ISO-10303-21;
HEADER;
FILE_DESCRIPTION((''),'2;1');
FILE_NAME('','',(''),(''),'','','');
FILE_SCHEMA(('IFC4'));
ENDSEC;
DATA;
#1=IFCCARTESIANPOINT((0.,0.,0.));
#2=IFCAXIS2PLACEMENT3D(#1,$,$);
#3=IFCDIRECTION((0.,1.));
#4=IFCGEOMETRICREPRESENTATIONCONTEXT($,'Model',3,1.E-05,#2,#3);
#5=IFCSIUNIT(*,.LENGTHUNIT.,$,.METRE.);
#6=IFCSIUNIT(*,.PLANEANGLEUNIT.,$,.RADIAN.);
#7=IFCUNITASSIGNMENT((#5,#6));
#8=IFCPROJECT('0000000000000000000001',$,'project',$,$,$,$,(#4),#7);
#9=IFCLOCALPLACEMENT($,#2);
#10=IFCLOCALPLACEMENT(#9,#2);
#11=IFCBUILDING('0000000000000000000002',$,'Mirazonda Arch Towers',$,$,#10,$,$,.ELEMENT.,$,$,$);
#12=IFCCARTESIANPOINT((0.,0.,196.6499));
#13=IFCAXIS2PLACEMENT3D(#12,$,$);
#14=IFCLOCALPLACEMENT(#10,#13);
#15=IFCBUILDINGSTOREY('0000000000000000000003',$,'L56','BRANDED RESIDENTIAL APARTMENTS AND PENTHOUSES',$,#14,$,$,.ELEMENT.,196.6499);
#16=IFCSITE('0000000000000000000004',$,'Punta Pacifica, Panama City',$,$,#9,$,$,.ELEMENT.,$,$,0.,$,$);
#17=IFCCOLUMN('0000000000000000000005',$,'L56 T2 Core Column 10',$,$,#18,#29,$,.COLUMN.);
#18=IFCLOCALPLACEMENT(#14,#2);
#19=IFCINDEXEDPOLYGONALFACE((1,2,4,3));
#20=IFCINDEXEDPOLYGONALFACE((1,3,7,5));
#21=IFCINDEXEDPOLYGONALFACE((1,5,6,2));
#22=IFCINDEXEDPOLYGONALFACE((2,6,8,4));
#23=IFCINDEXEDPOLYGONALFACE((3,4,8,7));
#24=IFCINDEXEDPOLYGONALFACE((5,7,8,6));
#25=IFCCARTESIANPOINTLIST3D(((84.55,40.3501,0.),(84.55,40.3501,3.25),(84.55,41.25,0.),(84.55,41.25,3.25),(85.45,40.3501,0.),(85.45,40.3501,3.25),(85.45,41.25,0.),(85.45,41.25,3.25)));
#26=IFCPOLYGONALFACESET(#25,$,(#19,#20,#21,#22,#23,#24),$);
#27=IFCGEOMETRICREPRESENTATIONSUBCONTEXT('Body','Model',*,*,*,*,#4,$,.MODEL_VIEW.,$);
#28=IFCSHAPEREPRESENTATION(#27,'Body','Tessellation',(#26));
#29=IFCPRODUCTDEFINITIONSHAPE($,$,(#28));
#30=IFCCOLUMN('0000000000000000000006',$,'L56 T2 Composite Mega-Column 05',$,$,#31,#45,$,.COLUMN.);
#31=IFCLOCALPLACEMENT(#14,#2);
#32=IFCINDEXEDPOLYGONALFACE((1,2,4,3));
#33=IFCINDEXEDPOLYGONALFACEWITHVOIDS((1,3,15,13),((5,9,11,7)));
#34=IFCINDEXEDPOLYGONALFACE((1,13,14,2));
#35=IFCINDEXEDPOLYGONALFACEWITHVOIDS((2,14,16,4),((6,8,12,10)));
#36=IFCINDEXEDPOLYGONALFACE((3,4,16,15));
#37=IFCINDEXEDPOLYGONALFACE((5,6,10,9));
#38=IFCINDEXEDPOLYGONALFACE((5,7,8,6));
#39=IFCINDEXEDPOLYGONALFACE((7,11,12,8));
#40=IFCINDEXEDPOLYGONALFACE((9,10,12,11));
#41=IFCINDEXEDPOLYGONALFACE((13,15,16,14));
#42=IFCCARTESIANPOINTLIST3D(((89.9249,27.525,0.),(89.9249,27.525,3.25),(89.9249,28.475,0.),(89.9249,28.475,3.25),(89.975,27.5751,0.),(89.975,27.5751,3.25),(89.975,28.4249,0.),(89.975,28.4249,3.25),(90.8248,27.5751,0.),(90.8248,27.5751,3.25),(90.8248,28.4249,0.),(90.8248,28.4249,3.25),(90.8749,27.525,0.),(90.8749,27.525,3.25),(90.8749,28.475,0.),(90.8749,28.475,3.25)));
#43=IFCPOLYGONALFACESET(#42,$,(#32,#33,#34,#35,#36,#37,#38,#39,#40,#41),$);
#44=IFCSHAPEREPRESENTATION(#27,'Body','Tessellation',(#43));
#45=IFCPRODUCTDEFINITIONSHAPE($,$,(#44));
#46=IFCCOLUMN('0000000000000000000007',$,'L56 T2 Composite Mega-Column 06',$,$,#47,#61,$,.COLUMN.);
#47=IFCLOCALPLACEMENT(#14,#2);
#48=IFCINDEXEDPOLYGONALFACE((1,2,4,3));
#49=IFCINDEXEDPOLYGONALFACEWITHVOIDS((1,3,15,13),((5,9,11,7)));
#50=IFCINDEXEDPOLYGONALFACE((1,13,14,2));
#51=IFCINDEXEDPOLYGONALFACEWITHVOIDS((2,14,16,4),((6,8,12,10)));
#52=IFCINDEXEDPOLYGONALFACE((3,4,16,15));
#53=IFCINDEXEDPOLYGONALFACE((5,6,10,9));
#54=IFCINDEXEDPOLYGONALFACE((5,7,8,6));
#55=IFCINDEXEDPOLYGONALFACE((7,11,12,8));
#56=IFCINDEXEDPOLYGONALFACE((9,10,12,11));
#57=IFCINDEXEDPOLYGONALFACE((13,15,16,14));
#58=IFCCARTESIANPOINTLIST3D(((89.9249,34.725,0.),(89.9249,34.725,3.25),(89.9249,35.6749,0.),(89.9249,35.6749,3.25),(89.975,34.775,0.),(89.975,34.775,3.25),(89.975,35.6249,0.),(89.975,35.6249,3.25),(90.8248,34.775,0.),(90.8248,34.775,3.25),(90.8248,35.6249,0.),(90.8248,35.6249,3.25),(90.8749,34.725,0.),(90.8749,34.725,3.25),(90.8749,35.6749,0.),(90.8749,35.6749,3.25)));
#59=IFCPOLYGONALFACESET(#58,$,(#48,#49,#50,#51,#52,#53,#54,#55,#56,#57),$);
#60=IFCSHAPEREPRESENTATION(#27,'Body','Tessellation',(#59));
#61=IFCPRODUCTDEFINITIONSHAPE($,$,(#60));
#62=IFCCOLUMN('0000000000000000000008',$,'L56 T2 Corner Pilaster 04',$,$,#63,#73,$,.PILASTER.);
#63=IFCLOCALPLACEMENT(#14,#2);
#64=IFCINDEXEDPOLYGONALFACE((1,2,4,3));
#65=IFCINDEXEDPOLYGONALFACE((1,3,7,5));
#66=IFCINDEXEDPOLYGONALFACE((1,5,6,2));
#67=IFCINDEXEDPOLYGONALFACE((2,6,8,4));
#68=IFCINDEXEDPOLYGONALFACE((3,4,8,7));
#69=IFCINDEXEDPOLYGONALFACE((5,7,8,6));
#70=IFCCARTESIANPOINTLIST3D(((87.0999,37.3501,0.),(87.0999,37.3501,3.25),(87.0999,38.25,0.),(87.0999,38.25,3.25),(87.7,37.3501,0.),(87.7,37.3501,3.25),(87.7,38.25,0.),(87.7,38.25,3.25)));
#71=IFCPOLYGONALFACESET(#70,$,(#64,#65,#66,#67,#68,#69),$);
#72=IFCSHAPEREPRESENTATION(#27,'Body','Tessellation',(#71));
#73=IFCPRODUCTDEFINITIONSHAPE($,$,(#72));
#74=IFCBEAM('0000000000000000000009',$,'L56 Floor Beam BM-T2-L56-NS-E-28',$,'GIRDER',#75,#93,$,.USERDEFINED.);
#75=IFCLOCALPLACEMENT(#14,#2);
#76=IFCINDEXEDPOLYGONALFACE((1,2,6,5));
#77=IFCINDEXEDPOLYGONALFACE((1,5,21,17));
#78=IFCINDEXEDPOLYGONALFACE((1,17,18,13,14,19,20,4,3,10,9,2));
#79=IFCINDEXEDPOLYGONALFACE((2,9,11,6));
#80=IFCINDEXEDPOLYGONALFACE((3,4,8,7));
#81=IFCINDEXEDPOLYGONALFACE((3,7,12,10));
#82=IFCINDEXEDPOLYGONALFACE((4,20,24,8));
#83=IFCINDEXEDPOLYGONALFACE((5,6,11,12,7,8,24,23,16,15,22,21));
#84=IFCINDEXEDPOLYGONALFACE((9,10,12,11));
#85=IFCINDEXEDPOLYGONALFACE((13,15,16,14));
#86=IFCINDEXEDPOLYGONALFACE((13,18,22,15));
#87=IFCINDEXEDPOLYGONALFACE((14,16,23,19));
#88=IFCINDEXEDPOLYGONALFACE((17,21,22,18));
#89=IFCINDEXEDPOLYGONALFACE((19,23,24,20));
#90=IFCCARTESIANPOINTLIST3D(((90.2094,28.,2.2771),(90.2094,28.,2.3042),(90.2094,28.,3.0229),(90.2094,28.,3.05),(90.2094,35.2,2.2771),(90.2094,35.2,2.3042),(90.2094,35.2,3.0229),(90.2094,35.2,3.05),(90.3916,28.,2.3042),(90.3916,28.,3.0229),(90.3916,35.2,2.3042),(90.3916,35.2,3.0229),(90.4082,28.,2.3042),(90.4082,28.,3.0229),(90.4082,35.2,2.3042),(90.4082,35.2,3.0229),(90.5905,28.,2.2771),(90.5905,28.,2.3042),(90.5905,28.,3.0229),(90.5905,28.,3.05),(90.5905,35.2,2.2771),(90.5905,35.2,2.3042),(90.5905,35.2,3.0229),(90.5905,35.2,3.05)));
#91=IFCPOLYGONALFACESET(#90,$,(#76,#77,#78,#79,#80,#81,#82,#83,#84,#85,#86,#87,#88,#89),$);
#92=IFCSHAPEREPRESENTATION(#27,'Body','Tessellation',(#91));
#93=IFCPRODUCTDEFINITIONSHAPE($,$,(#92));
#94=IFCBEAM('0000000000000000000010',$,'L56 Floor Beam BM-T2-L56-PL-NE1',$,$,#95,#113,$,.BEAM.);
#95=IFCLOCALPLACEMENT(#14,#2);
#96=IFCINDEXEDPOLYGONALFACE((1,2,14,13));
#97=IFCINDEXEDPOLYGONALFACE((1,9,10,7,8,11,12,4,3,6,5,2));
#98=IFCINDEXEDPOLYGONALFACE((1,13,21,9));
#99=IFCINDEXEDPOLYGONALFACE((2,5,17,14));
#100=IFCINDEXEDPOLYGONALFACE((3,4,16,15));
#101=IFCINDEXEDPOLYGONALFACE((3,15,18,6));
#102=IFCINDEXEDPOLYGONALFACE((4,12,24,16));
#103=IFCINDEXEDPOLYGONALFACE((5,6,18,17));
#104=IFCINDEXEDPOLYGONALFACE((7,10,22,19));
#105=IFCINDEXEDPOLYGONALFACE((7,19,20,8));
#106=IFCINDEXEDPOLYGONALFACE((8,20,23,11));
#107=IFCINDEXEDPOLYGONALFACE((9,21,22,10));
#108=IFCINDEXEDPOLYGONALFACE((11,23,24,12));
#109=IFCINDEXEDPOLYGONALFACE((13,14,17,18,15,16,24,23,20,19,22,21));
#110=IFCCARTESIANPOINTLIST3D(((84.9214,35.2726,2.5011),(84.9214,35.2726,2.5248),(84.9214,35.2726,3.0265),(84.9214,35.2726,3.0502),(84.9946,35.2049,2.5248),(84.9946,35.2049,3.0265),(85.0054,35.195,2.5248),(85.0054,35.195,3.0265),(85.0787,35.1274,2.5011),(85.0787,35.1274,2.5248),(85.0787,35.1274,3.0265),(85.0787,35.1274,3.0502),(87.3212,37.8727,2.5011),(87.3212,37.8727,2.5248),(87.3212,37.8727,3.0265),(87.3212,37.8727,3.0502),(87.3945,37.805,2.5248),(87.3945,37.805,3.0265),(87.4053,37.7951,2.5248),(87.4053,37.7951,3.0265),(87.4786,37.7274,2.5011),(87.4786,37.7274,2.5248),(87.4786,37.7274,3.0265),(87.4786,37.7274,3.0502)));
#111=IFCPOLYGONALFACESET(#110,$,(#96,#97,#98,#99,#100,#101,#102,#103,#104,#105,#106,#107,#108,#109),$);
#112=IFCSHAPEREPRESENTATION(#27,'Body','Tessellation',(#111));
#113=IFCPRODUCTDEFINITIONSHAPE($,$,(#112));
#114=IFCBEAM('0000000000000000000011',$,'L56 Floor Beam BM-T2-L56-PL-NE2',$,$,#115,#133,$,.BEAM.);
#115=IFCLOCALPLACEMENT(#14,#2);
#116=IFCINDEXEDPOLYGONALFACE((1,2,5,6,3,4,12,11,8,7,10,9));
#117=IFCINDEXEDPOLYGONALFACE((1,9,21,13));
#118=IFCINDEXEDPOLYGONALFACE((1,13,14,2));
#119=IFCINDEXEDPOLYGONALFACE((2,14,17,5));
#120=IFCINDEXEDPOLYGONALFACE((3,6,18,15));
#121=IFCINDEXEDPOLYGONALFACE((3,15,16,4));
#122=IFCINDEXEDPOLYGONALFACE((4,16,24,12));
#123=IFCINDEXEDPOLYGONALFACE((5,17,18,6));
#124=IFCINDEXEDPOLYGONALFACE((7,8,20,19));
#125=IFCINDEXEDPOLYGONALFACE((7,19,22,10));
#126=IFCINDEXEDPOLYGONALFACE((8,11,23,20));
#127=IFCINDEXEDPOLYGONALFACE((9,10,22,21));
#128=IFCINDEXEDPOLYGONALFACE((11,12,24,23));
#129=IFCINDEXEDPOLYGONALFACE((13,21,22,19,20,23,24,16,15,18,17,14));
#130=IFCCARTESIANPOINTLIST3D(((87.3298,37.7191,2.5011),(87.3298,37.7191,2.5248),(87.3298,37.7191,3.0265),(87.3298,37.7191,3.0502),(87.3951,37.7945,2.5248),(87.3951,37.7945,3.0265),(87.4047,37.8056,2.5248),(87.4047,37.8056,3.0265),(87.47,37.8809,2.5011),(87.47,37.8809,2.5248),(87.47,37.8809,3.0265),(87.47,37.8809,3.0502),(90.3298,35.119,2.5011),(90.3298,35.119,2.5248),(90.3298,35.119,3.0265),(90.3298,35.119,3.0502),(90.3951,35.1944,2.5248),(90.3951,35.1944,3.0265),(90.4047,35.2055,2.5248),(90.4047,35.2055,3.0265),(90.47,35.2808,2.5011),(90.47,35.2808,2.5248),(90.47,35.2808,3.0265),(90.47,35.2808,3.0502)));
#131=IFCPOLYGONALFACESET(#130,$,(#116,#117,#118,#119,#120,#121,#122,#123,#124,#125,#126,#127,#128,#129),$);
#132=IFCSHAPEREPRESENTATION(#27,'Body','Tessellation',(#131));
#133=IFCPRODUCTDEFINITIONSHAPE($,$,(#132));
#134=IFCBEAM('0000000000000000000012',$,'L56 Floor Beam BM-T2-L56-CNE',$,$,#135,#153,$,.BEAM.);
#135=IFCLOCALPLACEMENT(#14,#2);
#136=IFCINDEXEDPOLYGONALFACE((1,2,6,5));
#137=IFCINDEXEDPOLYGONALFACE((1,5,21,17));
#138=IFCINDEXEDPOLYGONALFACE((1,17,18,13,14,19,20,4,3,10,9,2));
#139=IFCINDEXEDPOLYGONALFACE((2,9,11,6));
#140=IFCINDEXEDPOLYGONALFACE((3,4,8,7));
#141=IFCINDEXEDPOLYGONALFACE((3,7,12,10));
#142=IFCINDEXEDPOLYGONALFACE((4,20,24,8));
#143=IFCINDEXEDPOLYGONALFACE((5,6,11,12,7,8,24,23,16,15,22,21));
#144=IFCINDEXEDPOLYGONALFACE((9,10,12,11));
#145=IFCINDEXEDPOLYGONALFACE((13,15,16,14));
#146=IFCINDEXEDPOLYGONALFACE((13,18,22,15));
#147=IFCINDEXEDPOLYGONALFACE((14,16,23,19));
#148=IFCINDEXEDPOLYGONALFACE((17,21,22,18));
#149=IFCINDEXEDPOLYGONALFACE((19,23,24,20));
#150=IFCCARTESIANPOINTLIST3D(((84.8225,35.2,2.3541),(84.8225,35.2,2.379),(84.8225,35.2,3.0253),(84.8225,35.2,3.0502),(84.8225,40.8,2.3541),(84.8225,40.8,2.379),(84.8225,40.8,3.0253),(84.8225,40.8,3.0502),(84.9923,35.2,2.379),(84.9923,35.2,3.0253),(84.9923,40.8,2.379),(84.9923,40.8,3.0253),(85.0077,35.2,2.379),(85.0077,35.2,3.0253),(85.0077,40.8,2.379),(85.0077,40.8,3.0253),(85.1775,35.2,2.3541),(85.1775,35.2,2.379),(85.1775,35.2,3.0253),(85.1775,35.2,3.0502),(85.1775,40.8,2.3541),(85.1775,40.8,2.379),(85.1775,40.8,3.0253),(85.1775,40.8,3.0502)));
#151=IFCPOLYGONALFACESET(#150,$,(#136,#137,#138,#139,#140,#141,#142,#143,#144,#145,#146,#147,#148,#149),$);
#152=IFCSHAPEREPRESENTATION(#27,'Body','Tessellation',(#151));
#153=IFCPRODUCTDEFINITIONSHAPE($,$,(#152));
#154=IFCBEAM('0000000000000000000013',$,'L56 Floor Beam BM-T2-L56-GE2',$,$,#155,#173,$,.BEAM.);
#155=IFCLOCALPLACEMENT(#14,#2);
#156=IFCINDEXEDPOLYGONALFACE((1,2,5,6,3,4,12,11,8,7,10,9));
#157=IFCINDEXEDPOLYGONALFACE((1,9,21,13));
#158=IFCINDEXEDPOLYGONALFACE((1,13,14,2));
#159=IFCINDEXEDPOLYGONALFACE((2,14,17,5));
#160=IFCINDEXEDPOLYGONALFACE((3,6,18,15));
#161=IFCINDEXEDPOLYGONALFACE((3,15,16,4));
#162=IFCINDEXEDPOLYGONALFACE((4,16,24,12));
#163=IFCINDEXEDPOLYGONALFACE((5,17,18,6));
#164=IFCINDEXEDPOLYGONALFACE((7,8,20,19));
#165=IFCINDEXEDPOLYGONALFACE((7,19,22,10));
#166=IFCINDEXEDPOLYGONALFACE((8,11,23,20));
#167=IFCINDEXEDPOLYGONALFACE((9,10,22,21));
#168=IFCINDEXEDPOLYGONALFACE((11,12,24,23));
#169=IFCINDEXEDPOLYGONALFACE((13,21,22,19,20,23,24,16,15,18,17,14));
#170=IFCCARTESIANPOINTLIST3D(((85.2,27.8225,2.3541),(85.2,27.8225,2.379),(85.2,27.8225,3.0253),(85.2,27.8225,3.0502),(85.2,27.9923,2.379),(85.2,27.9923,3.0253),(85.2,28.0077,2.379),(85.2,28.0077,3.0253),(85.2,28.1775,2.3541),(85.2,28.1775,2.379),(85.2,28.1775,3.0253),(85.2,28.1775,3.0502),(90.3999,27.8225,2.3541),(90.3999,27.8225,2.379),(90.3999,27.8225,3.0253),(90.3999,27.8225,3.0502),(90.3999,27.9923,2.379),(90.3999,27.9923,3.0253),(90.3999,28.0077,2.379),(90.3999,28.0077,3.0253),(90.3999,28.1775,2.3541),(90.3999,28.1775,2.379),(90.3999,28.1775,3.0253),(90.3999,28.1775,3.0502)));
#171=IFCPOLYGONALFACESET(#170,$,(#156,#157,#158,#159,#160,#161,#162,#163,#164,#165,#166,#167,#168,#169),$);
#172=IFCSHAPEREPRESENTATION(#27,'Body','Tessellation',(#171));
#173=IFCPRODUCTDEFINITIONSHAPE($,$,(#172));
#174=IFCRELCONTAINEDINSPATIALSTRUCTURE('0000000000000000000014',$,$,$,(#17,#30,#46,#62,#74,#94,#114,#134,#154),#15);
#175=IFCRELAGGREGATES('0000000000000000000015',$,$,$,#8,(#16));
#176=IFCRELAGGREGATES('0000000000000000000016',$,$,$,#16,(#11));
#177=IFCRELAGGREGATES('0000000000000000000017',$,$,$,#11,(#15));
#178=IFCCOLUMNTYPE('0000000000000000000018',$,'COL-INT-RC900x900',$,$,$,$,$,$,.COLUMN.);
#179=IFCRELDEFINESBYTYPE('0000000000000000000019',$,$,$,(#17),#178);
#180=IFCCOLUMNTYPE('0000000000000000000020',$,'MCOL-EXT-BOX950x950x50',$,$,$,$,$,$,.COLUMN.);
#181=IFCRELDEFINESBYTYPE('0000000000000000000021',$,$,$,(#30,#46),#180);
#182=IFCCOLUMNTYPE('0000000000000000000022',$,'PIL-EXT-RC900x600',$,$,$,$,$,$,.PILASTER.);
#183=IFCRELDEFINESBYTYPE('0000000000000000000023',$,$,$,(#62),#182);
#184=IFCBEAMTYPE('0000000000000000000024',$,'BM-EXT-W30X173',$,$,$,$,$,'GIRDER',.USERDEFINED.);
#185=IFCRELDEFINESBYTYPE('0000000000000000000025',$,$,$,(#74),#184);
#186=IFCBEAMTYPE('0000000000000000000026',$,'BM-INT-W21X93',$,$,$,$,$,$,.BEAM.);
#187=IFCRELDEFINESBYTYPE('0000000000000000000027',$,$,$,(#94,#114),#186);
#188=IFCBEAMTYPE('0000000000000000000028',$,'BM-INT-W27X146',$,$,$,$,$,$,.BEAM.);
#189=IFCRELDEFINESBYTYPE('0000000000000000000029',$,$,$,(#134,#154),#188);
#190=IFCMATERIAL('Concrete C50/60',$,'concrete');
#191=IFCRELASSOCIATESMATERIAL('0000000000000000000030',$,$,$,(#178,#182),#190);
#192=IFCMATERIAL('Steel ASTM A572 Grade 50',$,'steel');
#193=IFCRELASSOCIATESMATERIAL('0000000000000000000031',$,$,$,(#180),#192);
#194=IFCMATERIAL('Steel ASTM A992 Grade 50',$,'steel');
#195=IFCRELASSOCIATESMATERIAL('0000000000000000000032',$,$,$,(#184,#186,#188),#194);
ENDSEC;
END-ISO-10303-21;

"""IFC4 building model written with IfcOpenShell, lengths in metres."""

from ifc_helpers import new_model, si_unit, direction, frame, origin, origin_2d, place, context, subcontext, project, spatial, rectangle, hollow_rectangle, i_section, extrude, material, material_profile, profile_set, type_object, element, save


model = new_model("IFC4")

# Units and contexts
model_context = context("Model", 3, precision=1e-05, world=origin(), true_north=direction((0.0, 1.0)))
body_context = subcontext(model_context, "Body", "Model", "MODEL_VIEW")
ifc_project = project(units=[si_unit("LENGTHUNIT", "METRE"), si_unit("PLANEANGLEUNIT", "RADIAN")], contexts=[model_context])

# Site, building, storey
site_placement = place(None, origin())
site = spatial("IfcSite", under=ifc_project, at=site_placement, Name="Punta Pacifica, Panama City", CompositionType="ELEMENT", RefElevation=0.0)
building_placement = place(site_placement, origin())
building = spatial("IfcBuilding", under=site, at=building_placement, Name="Mirazonda Arch Towers", CompositionType="ELEMENT")
storey_placement = place(building_placement, frame((0.0, 0.0, 196.6499)))
storey = spatial("IfcBuildingStorey", under=building, at=storey_placement, Name="L56", Description="BRANDED RESIDENTIAL APARTMENTS AND PENTHOUSES", CompositionType="ELEMENT", Elevation=196.6499)

# Columns
ifc_material_1 = material(Name="Concrete C50/60", Category="concrete")
ifc_material_profile_1 = material_profile(ifc_material_1, rectangle(XDim=0.8999, YDim=0.8999, at=origin_2d()), Name="RC900x900")
ifc_profile_set_1 = profile_set([ifc_material_profile_1], Name="Concrete C50/60")
column_type_1 = type_object("IfcColumnType", Name="COL-INT-RC900x900", PredefinedType="COLUMN", material=ifc_profile_set_1)
column_1_placement = place(storey_placement, frame((85.0, 40.8, 0.0), z_axis=(0.0, 0.0, 1.0), x_axis=(1.0, 0.0, 0.0)))
element("IfcColumn", 1, at=column_1_placement, inside=storey, type_object=column_type_1, Name="L56 T2 Core Column 10", PredefinedType="COLUMN", context=body_context, shape_type="SweptSolid", body=[
    extrude(rectangle(XDim=0.8999, YDim=0.8999, at=origin_2d()), origin(), (0.0, 0.0, 1.0), 3.25),
])
ifc_material_2 = material(Name="Steel ASTM A572 Grade 50", Category="steel")
ifc_material_profile_2 = material_profile(ifc_material_2, hollow_rectangle(XDim=0.95, YDim=0.95, WallThickness=0.05, at=origin_2d()), Name="BOX950x950x50")
ifc_profile_set_2 = profile_set([ifc_material_profile_2], Name="Steel ASTM A572 Grade 50")
column_type_2 = type_object("IfcColumnType", Name="MCOL-EXT-BOX950x950x50", PredefinedType="COLUMN", material=ifc_profile_set_2)
for number, where, z_axis, x_axis, name in (
    (2, (90.3999, 28.0, 0.0), (0.0, 0.0, 1.0), (1.0, 0.0, 0.0), "L56 T2 Composite Mega-Column 05"),
    (3, (90.3999, 35.2, 0.0), (0.0, 0.0, 1.0), (1.0, 0.0, 0.0), "L56 T2 Composite Mega-Column 06"),
):
    element("IfcColumn", number, at=place(storey_placement, frame(where, z_axis=z_axis, x_axis=x_axis)), inside=storey, type_object=column_type_2, Name=name, PredefinedType="COLUMN", context=body_context, shape_type="SweptSolid", body=[
        extrude(hollow_rectangle(XDim=0.95, YDim=0.95, WallThickness=0.05, at=origin_2d()), origin(), (0.0, 0.0, 1.0), 3.25),
    ])
ifc_material_profile_3 = material_profile(ifc_material_1, rectangle(XDim=0.6001, YDim=0.8999, at=origin_2d()), Name="RC900x600")
ifc_profile_set_3 = profile_set([ifc_material_profile_3], Name="Concrete C50/60")
column_type_3 = type_object("IfcColumnType", Name="PIL-EXT-RC900x600", PredefinedType="PILASTER", material=ifc_profile_set_3)
column_2_placement = place(storey_placement, frame((87.3999, 37.8, 0.0), z_axis=(0.0, 0.0, 1.0), x_axis=(1.0, 0.0, 0.0)))
element("IfcColumn", 4, at=column_2_placement, inside=storey, type_object=column_type_3, Name="L56 T2 Corner Pilaster 04", PredefinedType="PILASTER", context=body_context, shape_type="SweptSolid", body=[
    extrude(rectangle(XDim=0.6001, YDim=0.8999, at=origin_2d()), origin(), (0.0, 0.0, 1.0), 3.25),
])

# Beams
ifc_material_3 = material(Name="Steel ASTM A992 Grade 50", Category="steel")
ifc_material_profile_4 = material_profile(ifc_material_3, i_section(OverallWidth=0.3811, OverallDepth=0.7729, WebThickness=0.0166, FlangeThickness=0.0271, at=origin_2d()), Name="W30X173")
ifc_profile_set_4 = profile_set([ifc_material_profile_4], Name="Steel ASTM A992 Grade 50")
beam_type_1 = type_object("IfcBeamType", Name="BM-EXT-W30X173", ElementType="GIRDER", PredefinedType="USERDEFINED", material=ifc_profile_set_4)
beam_1_placement = place(storey_placement, frame((90.3999, 28.0, 2.6636), z_axis=(0.0, 1.0, 0.0), x_axis=(-1.0, 0.0, 0.0)))
element("IfcBeam", 5, at=beam_1_placement, inside=storey, type_object=beam_type_1, Name="L56 Floor Beam BM-T2-L56-NS-E-28", ObjectType="GIRDER", PredefinedType="USERDEFINED", context=body_context, shape_type="SweptSolid", body=[
    extrude(i_section(OverallWidth=0.3811, OverallDepth=0.7729, WebThickness=0.0166, FlangeThickness=0.0271, at=origin_2d()), origin(), (0.0, 0.0, 1.0), 7.2),
])
ifc_material_profile_5 = material_profile(ifc_material_3, i_section(OverallWidth=0.2141, OverallDepth=0.5491, WebThickness=0.0146, FlangeThickness=0.0237, at=origin_2d()), Name="W21X93")
ifc_profile_set_5 = profile_set([ifc_material_profile_5], Name="Steel ASTM A992 Grade 50")
beam_type_2 = type_object("IfcBeamType", Name="BM-INT-W21X93", PredefinedType="BEAM", material=ifc_profile_set_5)
beam_2_placement = place(storey_placement, frame((87.3999, 37.8, 2.7756), z_axis=(-0.678251, -0.73483, 0.0), x_axis=(0.73483, -0.678251, 0.0)))
element("IfcBeam", 6, at=beam_2_placement, inside=storey, type_object=beam_type_2, Name="L56 Floor Beam BM-T2-L56-PL-NE1", PredefinedType="BEAM", context=body_context, shape_type="SweptSolid", body=[
    extrude(i_section(OverallWidth=0.2141, OverallDepth=0.5491, WebThickness=0.0146, FlangeThickness=0.0237, at=origin_2d()), origin(), (0.0, 0.0, 1.0), 3.5383),
])
beam_3_placement = place(storey_placement, frame((87.3999, 37.8, 2.7756), z_axis=(0.755677, -0.654945, 0.0), x_axis=(0.654945, 0.755677, 0.0)))
element("IfcBeam", 7, at=beam_3_placement, inside=storey, type_object=beam_type_2, Name="L56 Floor Beam BM-T2-L56-PL-NE2", PredefinedType="BEAM", context=body_context, shape_type="SweptSolid", body=[
    extrude(i_section(OverallWidth=0.2141, OverallDepth=0.5491, WebThickness=0.0146, FlangeThickness=0.0237, at=origin_2d()), origin(), (0.0, 0.0, 1.0), 3.97),
])
ifc_material_profile_6 = material_profile(ifc_material_3, i_section(OverallWidth=0.355, OverallDepth=0.696, WebThickness=0.0154, FlangeThickness=0.0249, at=origin_2d()), Name="W27X146")
ifc_profile_set_6 = profile_set([ifc_material_profile_6], Name="Steel ASTM A992 Grade 50")
beam_type_3 = type_object("IfcBeamType", Name="BM-INT-W27X146", PredefinedType="BEAM", material=ifc_profile_set_6)
beam_4_placement = place(storey_placement, frame((85.0, 35.2, 2.7021), z_axis=(0.0, 1.0, 0.0), x_axis=(-1.0, 0.0, 0.0)))
element("IfcBeam", 8, at=beam_4_placement, inside=storey, type_object=beam_type_3, Name="L56 Floor Beam BM-T2-L56-CNE", PredefinedType="BEAM", context=body_context, shape_type="SweptSolid", body=[
    extrude(i_section(OverallWidth=0.355, OverallDepth=0.696, WebThickness=0.0154, FlangeThickness=0.0249, at=origin_2d()), origin(), (0.0, 0.0, 1.0), 5.6001),
])
beam_5_placement = place(storey_placement, frame((85.2, 28.0, 2.7021), z_axis=(1.0, 0.0, 0.0), x_axis=(0.0, 1.0, 0.0)))
element("IfcBeam", 9, at=beam_5_placement, inside=storey, type_object=beam_type_3, Name="L56 Floor Beam BM-T2-L56-GE2", PredefinedType="BEAM", context=body_context, shape_type="SweptSolid", body=[
    extrude(i_section(OverallWidth=0.355, OverallDepth=0.696, WebThickness=0.0154, FlangeThickness=0.0249, at=origin_2d()), origin(), (0.0, 0.0, 1.0), 5.2),
])

save(model, "model.ifc")
